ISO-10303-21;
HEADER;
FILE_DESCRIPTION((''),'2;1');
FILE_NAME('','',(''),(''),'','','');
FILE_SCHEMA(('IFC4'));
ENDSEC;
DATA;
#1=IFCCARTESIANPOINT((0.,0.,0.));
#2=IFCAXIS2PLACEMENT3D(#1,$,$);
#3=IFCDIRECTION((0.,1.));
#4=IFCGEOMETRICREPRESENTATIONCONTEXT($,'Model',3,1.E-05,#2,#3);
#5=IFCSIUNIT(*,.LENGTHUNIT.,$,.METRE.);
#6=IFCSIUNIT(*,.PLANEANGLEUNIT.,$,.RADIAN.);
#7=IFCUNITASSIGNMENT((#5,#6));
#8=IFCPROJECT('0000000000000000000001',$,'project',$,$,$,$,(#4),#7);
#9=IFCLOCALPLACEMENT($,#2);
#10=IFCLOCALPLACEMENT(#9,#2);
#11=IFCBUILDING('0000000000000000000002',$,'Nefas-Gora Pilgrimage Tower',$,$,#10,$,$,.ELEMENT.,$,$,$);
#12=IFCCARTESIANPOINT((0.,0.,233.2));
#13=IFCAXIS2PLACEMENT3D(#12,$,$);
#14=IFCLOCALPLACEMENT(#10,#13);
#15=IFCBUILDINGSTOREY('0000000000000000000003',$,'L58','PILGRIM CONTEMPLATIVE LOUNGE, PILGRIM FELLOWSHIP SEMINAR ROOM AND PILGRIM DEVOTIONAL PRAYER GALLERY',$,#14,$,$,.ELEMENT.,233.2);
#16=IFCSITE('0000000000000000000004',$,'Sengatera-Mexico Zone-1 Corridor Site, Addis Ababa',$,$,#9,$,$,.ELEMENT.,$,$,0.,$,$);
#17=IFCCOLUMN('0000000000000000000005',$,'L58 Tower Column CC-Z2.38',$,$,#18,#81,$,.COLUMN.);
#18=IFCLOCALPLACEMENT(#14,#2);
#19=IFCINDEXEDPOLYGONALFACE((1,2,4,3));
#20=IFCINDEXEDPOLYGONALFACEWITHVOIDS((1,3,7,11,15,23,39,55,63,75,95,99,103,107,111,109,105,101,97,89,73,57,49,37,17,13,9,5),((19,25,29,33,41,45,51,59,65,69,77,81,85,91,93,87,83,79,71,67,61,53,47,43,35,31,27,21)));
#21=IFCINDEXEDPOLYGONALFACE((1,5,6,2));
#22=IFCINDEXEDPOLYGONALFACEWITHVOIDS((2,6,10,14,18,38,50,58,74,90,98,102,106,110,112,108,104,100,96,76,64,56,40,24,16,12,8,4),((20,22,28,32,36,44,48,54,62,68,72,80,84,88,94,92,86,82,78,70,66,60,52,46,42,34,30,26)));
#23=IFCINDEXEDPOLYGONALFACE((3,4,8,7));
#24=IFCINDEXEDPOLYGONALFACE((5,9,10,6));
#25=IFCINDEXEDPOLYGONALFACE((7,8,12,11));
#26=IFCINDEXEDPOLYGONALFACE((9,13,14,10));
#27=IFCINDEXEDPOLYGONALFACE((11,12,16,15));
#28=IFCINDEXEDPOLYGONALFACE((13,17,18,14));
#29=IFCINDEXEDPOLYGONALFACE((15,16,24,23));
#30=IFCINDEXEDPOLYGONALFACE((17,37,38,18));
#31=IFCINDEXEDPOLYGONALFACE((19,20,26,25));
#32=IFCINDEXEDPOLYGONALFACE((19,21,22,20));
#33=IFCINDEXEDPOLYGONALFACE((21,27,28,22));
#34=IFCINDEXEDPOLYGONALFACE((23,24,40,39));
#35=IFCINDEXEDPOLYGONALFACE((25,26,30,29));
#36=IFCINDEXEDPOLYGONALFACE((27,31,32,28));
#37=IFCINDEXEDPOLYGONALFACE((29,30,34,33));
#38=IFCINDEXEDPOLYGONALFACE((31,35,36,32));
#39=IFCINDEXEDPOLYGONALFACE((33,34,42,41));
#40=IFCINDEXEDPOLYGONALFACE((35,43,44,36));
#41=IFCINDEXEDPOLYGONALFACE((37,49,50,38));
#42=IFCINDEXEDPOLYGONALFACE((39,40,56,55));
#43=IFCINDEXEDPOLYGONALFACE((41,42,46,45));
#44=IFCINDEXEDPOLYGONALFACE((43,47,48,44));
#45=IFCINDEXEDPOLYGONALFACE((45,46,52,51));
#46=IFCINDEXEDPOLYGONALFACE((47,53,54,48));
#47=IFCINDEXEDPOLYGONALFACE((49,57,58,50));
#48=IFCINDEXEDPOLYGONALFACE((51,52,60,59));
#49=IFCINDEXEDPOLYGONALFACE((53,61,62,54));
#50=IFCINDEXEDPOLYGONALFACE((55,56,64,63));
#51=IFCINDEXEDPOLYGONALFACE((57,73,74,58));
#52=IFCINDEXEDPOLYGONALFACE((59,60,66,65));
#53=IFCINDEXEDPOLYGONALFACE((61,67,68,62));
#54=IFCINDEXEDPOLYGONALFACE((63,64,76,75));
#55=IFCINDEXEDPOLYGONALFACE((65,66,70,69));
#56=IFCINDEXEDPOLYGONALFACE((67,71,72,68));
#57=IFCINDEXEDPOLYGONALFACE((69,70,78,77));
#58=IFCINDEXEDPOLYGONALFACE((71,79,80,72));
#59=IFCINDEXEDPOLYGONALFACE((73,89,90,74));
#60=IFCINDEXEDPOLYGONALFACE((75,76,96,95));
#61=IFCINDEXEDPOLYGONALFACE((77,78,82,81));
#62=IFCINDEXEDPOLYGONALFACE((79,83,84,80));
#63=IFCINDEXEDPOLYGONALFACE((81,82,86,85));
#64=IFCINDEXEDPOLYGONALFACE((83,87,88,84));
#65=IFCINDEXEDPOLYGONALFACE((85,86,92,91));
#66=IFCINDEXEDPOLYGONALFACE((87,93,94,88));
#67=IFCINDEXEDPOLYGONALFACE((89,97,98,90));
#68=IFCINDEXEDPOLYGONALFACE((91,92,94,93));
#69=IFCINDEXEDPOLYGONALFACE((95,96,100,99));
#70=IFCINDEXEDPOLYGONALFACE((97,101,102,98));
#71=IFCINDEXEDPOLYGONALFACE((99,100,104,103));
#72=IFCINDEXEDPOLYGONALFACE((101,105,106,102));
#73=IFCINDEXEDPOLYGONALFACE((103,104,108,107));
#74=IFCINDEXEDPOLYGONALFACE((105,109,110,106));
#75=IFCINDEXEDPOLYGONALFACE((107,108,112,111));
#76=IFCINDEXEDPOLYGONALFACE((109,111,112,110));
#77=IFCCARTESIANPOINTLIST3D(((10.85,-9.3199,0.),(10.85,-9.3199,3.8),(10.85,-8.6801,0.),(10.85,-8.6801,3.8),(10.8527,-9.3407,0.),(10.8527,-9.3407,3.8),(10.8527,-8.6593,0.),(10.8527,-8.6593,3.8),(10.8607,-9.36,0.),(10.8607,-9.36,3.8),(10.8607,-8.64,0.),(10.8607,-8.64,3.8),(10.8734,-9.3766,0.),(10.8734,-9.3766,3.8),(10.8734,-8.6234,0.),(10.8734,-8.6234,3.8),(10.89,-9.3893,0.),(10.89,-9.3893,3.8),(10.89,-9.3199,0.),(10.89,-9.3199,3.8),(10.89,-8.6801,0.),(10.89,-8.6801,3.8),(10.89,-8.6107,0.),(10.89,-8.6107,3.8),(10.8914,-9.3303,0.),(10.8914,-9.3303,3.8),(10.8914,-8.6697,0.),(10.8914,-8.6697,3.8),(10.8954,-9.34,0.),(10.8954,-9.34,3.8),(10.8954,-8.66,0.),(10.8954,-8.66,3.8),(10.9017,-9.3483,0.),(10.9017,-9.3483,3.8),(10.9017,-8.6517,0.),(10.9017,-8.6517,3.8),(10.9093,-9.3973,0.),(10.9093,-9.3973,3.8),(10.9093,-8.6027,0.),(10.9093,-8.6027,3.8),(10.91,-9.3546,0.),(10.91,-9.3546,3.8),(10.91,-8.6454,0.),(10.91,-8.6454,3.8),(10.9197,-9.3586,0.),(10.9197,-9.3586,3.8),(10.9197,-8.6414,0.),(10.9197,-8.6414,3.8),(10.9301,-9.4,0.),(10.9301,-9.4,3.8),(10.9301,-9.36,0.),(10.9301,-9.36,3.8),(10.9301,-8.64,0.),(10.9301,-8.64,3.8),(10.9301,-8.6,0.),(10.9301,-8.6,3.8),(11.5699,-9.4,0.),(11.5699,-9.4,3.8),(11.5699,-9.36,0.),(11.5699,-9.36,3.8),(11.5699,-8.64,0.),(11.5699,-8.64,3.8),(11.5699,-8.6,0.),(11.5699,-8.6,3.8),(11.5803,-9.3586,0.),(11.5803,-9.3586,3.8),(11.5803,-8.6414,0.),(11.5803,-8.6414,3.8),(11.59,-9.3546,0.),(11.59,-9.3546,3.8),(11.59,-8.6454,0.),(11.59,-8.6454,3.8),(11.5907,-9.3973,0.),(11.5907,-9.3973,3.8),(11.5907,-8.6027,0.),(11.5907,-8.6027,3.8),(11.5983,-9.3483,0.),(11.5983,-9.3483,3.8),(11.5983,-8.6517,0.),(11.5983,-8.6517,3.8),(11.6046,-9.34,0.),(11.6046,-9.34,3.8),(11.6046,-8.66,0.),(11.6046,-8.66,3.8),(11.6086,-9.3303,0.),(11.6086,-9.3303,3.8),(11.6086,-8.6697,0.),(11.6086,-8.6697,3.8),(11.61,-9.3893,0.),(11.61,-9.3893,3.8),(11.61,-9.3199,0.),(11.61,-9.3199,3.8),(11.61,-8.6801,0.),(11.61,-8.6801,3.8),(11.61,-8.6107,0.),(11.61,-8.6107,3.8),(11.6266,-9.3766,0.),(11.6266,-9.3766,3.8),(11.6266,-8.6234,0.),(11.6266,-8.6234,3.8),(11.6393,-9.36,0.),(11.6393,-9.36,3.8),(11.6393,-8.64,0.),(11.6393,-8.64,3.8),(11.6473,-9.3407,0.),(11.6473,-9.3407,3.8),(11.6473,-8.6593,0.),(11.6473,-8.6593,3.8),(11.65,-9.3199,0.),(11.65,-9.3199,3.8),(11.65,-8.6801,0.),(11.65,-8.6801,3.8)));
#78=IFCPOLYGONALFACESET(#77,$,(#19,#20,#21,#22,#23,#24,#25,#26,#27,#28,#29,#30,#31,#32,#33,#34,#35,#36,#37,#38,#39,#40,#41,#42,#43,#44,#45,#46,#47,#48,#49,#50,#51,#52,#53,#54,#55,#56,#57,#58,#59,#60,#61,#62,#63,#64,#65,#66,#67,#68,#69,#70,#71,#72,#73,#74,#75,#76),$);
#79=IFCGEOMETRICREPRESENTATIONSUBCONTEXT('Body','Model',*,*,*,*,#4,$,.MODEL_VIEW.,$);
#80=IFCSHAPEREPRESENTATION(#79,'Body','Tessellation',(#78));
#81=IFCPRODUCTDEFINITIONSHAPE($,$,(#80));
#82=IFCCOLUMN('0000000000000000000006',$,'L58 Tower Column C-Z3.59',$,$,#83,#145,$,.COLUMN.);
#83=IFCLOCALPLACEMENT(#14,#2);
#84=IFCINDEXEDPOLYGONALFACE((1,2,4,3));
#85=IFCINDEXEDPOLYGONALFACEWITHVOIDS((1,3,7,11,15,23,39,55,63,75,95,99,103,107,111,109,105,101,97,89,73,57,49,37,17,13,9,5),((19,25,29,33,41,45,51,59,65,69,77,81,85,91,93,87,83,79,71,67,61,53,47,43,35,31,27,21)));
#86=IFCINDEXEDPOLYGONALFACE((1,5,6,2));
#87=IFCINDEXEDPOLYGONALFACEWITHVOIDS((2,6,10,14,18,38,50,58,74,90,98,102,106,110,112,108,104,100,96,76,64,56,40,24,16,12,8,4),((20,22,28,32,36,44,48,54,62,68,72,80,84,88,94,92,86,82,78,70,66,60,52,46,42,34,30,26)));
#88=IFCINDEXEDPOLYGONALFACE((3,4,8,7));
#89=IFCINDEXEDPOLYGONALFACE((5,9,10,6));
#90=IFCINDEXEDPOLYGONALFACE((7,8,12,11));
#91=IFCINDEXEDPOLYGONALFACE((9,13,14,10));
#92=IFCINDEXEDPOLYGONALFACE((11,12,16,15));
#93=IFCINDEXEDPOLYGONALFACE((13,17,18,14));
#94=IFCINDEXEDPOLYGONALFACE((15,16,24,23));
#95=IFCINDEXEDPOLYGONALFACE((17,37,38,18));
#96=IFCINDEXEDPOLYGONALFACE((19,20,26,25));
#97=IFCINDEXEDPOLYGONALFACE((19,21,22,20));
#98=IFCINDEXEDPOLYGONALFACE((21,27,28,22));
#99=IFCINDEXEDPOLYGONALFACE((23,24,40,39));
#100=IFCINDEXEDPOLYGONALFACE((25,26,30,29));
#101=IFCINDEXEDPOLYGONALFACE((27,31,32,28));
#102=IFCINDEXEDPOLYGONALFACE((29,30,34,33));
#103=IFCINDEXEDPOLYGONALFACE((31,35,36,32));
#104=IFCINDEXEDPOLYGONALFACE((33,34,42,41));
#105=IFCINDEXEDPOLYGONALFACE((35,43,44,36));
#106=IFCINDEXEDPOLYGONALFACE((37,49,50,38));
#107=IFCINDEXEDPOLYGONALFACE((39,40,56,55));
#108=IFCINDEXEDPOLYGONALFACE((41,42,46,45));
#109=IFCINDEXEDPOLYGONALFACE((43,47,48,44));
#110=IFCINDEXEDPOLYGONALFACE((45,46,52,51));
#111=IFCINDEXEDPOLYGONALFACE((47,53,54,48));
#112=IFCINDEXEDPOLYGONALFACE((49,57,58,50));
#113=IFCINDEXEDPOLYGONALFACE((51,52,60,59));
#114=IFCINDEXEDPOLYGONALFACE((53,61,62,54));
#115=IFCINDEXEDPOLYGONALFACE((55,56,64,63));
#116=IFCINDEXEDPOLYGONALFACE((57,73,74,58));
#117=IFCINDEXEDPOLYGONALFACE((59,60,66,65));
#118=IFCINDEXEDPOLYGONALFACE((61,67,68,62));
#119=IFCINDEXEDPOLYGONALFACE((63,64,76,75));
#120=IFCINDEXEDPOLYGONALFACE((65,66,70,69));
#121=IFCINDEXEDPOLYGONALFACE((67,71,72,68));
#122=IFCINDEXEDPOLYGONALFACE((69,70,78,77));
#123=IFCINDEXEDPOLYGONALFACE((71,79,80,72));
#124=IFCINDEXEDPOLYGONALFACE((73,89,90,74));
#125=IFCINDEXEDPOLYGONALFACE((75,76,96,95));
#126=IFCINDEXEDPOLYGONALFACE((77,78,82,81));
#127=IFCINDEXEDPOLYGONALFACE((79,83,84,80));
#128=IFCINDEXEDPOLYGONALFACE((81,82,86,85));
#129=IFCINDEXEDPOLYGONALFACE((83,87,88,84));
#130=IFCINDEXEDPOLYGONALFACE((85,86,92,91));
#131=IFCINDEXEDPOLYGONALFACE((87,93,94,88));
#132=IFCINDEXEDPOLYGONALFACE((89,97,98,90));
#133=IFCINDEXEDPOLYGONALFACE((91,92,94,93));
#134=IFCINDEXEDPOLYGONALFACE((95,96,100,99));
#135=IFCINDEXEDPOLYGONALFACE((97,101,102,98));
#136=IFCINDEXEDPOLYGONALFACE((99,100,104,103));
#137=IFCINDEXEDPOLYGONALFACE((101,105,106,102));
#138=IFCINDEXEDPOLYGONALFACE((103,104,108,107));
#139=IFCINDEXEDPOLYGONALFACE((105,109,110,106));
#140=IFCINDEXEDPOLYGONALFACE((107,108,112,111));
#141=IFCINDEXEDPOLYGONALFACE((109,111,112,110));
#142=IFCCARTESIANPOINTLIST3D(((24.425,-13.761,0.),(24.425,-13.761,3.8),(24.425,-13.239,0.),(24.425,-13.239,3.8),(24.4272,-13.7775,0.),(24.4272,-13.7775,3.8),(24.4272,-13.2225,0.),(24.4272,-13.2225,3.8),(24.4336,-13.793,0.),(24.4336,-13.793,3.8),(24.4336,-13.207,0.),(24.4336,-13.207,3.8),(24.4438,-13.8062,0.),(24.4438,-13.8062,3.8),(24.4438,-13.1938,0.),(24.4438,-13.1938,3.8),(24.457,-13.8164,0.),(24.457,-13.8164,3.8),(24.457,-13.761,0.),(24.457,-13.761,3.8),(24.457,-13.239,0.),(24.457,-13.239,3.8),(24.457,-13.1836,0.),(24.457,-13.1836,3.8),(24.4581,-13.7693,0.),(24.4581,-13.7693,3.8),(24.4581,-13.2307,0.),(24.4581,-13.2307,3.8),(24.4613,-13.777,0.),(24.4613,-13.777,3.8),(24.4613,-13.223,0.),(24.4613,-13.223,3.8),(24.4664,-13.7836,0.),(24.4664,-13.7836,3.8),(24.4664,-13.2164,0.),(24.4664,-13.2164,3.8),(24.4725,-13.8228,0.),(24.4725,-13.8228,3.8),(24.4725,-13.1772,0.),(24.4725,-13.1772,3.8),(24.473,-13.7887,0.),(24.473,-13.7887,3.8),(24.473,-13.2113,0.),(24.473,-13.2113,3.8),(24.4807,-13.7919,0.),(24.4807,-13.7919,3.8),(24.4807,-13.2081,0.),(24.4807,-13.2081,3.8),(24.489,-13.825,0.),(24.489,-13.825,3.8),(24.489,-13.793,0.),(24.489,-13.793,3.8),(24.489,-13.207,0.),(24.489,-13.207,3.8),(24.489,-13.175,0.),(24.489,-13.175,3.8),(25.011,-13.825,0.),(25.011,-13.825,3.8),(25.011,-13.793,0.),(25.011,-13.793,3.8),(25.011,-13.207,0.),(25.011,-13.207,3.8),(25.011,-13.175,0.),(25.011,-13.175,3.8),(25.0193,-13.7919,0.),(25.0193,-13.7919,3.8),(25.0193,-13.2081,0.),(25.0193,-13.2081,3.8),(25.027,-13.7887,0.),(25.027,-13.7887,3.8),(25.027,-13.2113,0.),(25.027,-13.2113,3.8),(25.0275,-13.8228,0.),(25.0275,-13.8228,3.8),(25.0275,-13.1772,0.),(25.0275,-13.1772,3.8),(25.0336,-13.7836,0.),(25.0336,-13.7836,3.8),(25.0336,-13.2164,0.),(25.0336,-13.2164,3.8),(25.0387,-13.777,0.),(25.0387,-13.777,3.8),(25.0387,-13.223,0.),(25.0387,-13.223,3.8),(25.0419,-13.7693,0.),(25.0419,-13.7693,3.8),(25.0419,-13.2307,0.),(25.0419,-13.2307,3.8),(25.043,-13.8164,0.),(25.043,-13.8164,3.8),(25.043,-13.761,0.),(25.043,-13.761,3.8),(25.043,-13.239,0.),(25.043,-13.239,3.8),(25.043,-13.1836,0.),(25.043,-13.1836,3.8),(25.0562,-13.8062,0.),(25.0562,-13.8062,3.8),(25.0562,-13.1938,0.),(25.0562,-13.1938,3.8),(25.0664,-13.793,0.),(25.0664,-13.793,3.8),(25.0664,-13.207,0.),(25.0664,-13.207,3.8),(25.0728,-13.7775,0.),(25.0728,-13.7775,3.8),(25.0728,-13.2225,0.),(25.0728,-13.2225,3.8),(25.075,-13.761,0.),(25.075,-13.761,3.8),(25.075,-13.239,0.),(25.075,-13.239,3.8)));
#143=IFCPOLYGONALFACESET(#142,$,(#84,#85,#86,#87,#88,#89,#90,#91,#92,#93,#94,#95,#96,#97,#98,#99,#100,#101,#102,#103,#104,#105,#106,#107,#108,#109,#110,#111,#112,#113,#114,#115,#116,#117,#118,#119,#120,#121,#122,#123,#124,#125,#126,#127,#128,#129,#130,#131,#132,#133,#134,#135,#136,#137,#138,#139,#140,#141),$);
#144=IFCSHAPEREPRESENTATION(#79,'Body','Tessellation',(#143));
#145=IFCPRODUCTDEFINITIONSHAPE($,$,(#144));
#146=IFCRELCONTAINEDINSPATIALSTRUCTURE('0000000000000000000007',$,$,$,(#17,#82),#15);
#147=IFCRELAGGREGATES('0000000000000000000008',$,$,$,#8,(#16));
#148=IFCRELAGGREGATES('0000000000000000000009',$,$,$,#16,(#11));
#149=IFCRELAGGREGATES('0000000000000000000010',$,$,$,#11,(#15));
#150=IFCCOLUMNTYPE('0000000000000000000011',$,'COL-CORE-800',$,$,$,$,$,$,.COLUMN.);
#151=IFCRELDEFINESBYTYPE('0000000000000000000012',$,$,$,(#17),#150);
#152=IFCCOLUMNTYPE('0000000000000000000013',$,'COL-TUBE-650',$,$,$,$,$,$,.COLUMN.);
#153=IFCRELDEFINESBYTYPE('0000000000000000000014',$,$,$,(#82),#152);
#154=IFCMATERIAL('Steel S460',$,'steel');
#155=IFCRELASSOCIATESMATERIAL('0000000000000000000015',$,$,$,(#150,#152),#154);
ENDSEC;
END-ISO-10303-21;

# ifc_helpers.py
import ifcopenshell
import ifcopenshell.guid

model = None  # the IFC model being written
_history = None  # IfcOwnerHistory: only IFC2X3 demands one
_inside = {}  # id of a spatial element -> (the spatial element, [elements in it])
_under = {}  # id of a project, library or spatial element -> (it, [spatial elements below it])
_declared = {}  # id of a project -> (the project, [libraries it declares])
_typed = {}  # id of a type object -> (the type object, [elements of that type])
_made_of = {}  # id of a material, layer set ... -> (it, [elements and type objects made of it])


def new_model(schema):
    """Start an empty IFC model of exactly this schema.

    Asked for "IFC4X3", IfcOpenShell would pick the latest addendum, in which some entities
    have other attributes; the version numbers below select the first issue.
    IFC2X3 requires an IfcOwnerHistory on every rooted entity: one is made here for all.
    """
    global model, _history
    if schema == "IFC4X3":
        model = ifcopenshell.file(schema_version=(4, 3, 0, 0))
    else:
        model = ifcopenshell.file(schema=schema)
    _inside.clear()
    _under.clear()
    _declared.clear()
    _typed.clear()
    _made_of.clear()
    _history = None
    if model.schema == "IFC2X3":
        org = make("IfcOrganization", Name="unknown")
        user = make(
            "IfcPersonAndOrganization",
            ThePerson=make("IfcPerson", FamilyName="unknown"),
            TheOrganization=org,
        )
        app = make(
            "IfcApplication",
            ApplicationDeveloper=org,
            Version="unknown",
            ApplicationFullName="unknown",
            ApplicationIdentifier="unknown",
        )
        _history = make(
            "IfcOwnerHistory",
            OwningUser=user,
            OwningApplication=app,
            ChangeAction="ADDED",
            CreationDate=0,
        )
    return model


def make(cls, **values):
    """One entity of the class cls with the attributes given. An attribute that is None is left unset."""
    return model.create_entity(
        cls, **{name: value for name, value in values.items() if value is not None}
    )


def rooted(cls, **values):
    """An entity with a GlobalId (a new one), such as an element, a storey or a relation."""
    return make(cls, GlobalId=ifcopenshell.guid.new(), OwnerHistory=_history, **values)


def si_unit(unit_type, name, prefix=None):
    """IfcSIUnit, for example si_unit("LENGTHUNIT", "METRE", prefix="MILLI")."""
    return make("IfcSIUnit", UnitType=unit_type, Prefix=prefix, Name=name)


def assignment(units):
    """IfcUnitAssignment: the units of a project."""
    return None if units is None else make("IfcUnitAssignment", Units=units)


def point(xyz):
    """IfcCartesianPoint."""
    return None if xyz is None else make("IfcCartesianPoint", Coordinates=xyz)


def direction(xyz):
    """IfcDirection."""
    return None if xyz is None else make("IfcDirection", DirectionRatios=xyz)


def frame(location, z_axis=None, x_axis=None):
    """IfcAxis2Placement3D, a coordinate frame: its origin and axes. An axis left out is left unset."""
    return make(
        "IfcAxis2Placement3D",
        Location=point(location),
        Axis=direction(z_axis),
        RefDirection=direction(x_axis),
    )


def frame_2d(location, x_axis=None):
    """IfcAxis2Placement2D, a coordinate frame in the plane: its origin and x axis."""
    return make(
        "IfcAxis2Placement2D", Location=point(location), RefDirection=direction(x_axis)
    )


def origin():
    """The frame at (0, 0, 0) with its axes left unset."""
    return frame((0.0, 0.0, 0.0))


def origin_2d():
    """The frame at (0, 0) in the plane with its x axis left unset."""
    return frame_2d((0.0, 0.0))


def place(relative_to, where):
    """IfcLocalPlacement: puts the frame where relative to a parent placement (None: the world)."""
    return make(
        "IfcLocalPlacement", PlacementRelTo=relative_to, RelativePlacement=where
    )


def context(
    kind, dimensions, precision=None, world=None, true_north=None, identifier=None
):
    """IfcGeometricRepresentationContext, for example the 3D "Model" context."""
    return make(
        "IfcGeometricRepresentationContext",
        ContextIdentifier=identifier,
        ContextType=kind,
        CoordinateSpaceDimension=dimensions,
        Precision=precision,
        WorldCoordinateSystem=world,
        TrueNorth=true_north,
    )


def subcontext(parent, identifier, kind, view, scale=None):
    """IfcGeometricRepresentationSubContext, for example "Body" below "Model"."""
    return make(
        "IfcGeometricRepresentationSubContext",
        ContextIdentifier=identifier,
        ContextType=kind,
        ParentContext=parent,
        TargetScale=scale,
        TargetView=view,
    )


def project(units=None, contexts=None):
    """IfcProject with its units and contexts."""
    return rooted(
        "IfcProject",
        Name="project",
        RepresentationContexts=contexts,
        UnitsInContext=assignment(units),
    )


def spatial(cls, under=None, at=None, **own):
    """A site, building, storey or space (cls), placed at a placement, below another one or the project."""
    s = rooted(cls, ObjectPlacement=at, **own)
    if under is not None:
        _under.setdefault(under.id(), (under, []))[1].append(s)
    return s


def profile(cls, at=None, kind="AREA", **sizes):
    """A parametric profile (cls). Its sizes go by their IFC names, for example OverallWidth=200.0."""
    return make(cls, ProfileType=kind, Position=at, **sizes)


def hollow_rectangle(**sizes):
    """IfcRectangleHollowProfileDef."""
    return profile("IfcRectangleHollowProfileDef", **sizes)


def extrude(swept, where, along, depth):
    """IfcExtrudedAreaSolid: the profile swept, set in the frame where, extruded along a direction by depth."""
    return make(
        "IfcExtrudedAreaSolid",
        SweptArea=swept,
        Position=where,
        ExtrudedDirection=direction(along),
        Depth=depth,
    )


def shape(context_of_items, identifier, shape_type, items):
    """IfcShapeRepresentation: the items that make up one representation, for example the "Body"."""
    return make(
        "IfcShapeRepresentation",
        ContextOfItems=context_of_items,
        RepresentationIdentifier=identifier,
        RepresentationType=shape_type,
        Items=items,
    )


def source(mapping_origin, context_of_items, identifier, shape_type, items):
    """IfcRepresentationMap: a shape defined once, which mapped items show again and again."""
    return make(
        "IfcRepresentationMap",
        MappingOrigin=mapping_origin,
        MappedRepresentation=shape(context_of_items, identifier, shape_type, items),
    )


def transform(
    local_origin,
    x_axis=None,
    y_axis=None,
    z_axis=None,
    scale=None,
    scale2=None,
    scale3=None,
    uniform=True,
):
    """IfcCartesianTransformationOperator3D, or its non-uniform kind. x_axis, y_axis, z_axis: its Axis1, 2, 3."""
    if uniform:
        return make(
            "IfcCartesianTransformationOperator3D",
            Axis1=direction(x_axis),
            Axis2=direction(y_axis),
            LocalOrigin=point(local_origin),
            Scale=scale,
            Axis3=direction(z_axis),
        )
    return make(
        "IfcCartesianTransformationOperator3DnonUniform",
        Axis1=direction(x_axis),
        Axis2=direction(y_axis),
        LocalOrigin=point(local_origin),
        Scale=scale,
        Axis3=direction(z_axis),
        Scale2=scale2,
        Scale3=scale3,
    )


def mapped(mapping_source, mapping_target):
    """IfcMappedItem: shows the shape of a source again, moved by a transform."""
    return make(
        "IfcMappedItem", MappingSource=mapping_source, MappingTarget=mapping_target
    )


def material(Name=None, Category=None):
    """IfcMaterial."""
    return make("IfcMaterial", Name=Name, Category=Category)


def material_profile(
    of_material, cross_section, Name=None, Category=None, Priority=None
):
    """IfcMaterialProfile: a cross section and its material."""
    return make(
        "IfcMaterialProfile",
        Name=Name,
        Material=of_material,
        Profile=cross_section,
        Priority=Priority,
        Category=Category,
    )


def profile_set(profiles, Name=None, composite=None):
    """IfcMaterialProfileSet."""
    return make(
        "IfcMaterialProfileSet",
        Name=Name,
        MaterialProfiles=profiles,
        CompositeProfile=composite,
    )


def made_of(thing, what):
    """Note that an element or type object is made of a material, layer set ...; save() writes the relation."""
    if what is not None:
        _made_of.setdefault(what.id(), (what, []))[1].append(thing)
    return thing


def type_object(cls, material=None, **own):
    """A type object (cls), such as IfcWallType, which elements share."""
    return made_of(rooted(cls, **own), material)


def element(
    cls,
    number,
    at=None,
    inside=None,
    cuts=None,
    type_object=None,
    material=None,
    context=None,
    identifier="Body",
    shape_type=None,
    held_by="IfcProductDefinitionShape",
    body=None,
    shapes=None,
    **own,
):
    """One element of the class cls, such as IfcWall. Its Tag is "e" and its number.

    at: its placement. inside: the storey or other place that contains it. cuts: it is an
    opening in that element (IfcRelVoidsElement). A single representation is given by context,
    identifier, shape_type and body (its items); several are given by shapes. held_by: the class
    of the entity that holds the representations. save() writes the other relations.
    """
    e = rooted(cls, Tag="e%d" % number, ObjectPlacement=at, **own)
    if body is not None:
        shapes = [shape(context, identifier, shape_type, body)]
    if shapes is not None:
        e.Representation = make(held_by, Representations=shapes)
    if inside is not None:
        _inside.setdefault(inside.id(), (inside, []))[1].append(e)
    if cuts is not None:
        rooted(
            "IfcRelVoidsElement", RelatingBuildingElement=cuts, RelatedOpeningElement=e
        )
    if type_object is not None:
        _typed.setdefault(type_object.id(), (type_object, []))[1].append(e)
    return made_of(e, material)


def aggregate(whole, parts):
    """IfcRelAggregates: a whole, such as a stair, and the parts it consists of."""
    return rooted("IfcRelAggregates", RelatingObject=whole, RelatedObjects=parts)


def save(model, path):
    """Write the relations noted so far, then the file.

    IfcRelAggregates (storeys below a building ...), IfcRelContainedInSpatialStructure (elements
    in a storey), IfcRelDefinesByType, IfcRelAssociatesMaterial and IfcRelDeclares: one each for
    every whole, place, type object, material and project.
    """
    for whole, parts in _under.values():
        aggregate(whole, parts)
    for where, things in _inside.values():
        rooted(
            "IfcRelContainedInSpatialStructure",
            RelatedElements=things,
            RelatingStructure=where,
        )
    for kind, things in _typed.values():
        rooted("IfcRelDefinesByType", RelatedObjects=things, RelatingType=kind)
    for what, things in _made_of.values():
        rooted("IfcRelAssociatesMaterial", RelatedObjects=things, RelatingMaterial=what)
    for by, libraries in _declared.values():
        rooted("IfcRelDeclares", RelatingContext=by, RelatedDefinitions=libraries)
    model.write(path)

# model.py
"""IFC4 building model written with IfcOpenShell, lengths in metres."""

from ifc_helpers import new_model, si_unit, direction, frame, origin, origin_2d, place, context, subcontext, project, spatial, hollow_rectangle, extrude, source, transform, mapped, material, material_profile, profile_set, type_object, element, save


model = new_model("IFC4")

# Units and contexts
model_context = context("Model", 3, precision=1e-05, world=origin(), true_north=direction((0.0, 1.0)))
body_context = subcontext(model_context, "Body", "Model", "MODEL_VIEW")
ifc_project = project(units=[si_unit("LENGTHUNIT", "METRE"), si_unit("PLANEANGLEUNIT", "RADIAN")], contexts=[model_context])

# Site, building, storey
site_placement = place(None, origin())
site = spatial("IfcSite", under=ifc_project, at=site_placement, Name="Sengatera-Mexico Zone-1 Corridor Site, Addis Ababa", CompositionType="ELEMENT", RefElevation=0.0)
building_placement = place(site_placement, origin())
building = spatial("IfcBuilding", under=site, at=building_placement, Name="Nefas-Gora Pilgrimage Tower", CompositionType="ELEMENT")
storey_placement = place(building_placement, frame((0.0, 0.0, 233.2)))
storey = spatial("IfcBuildingStorey", under=building, at=storey_placement, Name="L58", Description="PILGRIM CONTEMPLATIVE LOUNGE, PILGRIM FELLOWSHIP SEMINAR ROOM AND PILGRIM DEVOTIONAL PRAYER GALLERY", CompositionType="ELEMENT", Elevation=233.2)

# Columns
ifc_material_1 = material(Name="Steel S460", Category="steel")
ifc_material_profile_1 = material_profile(ifc_material_1, hollow_rectangle(XDim=0.8, YDim=0.8, WallThickness=0.04, InnerFilletRadius=0.04, OuterFilletRadius=0.0801, at=origin_2d()), Name="BOX 800x800x40")
ifc_profile_set_1 = profile_set([ifc_material_profile_1], Name="Steel S460")
column_type_1 = type_object("IfcColumnType", Name="COL-CORE-800", PredefinedType="COLUMN", material=ifc_profile_set_1)
shared_shape_1 = source(origin(), body_context, "Body", "SweptSolid", [
    extrude(hollow_rectangle(XDim=0.8, YDim=0.8, WallThickness=0.04, InnerFilletRadius=0.04, OuterFilletRadius=0.0801, at=origin_2d()), origin(), (0.0, 0.0, 1.0), 3.8),
])
column_placement = place(storey_placement, frame((11.25, -9.0, 0.0), z_axis=(0.0, 0.0, 1.0), x_axis=(1.0, 0.0, 0.0)))
element("IfcColumn", 1, at=column_placement, inside=storey, type_object=column_type_1, Name="L58 Tower Column CC-Z2.38", PredefinedType="COLUMN", context=body_context, shape_type="MappedRepresentation", body=[
    mapped(shared_shape_1, transform((0.0, 0.0, 0.0), x_axis=(1.0, 0.0, 0.0), y_axis=(0.0, 1.0, 0.0), z_axis=(0.0, 0.0, 1.0), scale=1.0)),
])
ifc_material_profile_2 = material_profile(ifc_material_1, hollow_rectangle(XDim=0.6499, YDim=0.6499, WallThickness=0.032, InnerFilletRadius=0.032, OuterFilletRadius=0.064, at=origin_2d()), Name="BOX 650x650x32")
ifc_profile_set_2 = profile_set([ifc_material_profile_2], Name="Steel S460")
column_type_2 = type_object("IfcColumnType", Name="COL-TUBE-650", PredefinedType="COLUMN", material=ifc_profile_set_2)
shared_shape_2 = source(origin(), body_context, "Body", "SweptSolid", [
    extrude(hollow_rectangle(XDim=0.6499, YDim=0.6499, WallThickness=0.032, InnerFilletRadius=0.032, OuterFilletRadius=0.064, at=origin_2d()), origin(), (0.0, 0.0, 1.0), 3.8),
])
for number, where, z_axis, x_axis, name in (
    (2, (24.75, -13.5, 0.0), (0.0, 0.0, 1.0), (1.0, 0.0, 0.0), "L58 Tower Column C-Z3.59"),
):
    element("IfcColumn", number, at=place(storey_placement, frame(where, z_axis=z_axis, x_axis=x_axis)), inside=storey, type_object=column_type_2, Name=name, PredefinedType="COLUMN", context=body_context, shape_type="MappedRepresentation", body=[
        mapped(shared_shape_2, transform((0.0, 0.0, 0.0), x_axis=(1.0, 0.0, 0.0), y_axis=(0.0, 1.0, 0.0), z_axis=(0.0, 0.0, 1.0), scale=1.0)),
    ])

save(model, "model.ifc")
